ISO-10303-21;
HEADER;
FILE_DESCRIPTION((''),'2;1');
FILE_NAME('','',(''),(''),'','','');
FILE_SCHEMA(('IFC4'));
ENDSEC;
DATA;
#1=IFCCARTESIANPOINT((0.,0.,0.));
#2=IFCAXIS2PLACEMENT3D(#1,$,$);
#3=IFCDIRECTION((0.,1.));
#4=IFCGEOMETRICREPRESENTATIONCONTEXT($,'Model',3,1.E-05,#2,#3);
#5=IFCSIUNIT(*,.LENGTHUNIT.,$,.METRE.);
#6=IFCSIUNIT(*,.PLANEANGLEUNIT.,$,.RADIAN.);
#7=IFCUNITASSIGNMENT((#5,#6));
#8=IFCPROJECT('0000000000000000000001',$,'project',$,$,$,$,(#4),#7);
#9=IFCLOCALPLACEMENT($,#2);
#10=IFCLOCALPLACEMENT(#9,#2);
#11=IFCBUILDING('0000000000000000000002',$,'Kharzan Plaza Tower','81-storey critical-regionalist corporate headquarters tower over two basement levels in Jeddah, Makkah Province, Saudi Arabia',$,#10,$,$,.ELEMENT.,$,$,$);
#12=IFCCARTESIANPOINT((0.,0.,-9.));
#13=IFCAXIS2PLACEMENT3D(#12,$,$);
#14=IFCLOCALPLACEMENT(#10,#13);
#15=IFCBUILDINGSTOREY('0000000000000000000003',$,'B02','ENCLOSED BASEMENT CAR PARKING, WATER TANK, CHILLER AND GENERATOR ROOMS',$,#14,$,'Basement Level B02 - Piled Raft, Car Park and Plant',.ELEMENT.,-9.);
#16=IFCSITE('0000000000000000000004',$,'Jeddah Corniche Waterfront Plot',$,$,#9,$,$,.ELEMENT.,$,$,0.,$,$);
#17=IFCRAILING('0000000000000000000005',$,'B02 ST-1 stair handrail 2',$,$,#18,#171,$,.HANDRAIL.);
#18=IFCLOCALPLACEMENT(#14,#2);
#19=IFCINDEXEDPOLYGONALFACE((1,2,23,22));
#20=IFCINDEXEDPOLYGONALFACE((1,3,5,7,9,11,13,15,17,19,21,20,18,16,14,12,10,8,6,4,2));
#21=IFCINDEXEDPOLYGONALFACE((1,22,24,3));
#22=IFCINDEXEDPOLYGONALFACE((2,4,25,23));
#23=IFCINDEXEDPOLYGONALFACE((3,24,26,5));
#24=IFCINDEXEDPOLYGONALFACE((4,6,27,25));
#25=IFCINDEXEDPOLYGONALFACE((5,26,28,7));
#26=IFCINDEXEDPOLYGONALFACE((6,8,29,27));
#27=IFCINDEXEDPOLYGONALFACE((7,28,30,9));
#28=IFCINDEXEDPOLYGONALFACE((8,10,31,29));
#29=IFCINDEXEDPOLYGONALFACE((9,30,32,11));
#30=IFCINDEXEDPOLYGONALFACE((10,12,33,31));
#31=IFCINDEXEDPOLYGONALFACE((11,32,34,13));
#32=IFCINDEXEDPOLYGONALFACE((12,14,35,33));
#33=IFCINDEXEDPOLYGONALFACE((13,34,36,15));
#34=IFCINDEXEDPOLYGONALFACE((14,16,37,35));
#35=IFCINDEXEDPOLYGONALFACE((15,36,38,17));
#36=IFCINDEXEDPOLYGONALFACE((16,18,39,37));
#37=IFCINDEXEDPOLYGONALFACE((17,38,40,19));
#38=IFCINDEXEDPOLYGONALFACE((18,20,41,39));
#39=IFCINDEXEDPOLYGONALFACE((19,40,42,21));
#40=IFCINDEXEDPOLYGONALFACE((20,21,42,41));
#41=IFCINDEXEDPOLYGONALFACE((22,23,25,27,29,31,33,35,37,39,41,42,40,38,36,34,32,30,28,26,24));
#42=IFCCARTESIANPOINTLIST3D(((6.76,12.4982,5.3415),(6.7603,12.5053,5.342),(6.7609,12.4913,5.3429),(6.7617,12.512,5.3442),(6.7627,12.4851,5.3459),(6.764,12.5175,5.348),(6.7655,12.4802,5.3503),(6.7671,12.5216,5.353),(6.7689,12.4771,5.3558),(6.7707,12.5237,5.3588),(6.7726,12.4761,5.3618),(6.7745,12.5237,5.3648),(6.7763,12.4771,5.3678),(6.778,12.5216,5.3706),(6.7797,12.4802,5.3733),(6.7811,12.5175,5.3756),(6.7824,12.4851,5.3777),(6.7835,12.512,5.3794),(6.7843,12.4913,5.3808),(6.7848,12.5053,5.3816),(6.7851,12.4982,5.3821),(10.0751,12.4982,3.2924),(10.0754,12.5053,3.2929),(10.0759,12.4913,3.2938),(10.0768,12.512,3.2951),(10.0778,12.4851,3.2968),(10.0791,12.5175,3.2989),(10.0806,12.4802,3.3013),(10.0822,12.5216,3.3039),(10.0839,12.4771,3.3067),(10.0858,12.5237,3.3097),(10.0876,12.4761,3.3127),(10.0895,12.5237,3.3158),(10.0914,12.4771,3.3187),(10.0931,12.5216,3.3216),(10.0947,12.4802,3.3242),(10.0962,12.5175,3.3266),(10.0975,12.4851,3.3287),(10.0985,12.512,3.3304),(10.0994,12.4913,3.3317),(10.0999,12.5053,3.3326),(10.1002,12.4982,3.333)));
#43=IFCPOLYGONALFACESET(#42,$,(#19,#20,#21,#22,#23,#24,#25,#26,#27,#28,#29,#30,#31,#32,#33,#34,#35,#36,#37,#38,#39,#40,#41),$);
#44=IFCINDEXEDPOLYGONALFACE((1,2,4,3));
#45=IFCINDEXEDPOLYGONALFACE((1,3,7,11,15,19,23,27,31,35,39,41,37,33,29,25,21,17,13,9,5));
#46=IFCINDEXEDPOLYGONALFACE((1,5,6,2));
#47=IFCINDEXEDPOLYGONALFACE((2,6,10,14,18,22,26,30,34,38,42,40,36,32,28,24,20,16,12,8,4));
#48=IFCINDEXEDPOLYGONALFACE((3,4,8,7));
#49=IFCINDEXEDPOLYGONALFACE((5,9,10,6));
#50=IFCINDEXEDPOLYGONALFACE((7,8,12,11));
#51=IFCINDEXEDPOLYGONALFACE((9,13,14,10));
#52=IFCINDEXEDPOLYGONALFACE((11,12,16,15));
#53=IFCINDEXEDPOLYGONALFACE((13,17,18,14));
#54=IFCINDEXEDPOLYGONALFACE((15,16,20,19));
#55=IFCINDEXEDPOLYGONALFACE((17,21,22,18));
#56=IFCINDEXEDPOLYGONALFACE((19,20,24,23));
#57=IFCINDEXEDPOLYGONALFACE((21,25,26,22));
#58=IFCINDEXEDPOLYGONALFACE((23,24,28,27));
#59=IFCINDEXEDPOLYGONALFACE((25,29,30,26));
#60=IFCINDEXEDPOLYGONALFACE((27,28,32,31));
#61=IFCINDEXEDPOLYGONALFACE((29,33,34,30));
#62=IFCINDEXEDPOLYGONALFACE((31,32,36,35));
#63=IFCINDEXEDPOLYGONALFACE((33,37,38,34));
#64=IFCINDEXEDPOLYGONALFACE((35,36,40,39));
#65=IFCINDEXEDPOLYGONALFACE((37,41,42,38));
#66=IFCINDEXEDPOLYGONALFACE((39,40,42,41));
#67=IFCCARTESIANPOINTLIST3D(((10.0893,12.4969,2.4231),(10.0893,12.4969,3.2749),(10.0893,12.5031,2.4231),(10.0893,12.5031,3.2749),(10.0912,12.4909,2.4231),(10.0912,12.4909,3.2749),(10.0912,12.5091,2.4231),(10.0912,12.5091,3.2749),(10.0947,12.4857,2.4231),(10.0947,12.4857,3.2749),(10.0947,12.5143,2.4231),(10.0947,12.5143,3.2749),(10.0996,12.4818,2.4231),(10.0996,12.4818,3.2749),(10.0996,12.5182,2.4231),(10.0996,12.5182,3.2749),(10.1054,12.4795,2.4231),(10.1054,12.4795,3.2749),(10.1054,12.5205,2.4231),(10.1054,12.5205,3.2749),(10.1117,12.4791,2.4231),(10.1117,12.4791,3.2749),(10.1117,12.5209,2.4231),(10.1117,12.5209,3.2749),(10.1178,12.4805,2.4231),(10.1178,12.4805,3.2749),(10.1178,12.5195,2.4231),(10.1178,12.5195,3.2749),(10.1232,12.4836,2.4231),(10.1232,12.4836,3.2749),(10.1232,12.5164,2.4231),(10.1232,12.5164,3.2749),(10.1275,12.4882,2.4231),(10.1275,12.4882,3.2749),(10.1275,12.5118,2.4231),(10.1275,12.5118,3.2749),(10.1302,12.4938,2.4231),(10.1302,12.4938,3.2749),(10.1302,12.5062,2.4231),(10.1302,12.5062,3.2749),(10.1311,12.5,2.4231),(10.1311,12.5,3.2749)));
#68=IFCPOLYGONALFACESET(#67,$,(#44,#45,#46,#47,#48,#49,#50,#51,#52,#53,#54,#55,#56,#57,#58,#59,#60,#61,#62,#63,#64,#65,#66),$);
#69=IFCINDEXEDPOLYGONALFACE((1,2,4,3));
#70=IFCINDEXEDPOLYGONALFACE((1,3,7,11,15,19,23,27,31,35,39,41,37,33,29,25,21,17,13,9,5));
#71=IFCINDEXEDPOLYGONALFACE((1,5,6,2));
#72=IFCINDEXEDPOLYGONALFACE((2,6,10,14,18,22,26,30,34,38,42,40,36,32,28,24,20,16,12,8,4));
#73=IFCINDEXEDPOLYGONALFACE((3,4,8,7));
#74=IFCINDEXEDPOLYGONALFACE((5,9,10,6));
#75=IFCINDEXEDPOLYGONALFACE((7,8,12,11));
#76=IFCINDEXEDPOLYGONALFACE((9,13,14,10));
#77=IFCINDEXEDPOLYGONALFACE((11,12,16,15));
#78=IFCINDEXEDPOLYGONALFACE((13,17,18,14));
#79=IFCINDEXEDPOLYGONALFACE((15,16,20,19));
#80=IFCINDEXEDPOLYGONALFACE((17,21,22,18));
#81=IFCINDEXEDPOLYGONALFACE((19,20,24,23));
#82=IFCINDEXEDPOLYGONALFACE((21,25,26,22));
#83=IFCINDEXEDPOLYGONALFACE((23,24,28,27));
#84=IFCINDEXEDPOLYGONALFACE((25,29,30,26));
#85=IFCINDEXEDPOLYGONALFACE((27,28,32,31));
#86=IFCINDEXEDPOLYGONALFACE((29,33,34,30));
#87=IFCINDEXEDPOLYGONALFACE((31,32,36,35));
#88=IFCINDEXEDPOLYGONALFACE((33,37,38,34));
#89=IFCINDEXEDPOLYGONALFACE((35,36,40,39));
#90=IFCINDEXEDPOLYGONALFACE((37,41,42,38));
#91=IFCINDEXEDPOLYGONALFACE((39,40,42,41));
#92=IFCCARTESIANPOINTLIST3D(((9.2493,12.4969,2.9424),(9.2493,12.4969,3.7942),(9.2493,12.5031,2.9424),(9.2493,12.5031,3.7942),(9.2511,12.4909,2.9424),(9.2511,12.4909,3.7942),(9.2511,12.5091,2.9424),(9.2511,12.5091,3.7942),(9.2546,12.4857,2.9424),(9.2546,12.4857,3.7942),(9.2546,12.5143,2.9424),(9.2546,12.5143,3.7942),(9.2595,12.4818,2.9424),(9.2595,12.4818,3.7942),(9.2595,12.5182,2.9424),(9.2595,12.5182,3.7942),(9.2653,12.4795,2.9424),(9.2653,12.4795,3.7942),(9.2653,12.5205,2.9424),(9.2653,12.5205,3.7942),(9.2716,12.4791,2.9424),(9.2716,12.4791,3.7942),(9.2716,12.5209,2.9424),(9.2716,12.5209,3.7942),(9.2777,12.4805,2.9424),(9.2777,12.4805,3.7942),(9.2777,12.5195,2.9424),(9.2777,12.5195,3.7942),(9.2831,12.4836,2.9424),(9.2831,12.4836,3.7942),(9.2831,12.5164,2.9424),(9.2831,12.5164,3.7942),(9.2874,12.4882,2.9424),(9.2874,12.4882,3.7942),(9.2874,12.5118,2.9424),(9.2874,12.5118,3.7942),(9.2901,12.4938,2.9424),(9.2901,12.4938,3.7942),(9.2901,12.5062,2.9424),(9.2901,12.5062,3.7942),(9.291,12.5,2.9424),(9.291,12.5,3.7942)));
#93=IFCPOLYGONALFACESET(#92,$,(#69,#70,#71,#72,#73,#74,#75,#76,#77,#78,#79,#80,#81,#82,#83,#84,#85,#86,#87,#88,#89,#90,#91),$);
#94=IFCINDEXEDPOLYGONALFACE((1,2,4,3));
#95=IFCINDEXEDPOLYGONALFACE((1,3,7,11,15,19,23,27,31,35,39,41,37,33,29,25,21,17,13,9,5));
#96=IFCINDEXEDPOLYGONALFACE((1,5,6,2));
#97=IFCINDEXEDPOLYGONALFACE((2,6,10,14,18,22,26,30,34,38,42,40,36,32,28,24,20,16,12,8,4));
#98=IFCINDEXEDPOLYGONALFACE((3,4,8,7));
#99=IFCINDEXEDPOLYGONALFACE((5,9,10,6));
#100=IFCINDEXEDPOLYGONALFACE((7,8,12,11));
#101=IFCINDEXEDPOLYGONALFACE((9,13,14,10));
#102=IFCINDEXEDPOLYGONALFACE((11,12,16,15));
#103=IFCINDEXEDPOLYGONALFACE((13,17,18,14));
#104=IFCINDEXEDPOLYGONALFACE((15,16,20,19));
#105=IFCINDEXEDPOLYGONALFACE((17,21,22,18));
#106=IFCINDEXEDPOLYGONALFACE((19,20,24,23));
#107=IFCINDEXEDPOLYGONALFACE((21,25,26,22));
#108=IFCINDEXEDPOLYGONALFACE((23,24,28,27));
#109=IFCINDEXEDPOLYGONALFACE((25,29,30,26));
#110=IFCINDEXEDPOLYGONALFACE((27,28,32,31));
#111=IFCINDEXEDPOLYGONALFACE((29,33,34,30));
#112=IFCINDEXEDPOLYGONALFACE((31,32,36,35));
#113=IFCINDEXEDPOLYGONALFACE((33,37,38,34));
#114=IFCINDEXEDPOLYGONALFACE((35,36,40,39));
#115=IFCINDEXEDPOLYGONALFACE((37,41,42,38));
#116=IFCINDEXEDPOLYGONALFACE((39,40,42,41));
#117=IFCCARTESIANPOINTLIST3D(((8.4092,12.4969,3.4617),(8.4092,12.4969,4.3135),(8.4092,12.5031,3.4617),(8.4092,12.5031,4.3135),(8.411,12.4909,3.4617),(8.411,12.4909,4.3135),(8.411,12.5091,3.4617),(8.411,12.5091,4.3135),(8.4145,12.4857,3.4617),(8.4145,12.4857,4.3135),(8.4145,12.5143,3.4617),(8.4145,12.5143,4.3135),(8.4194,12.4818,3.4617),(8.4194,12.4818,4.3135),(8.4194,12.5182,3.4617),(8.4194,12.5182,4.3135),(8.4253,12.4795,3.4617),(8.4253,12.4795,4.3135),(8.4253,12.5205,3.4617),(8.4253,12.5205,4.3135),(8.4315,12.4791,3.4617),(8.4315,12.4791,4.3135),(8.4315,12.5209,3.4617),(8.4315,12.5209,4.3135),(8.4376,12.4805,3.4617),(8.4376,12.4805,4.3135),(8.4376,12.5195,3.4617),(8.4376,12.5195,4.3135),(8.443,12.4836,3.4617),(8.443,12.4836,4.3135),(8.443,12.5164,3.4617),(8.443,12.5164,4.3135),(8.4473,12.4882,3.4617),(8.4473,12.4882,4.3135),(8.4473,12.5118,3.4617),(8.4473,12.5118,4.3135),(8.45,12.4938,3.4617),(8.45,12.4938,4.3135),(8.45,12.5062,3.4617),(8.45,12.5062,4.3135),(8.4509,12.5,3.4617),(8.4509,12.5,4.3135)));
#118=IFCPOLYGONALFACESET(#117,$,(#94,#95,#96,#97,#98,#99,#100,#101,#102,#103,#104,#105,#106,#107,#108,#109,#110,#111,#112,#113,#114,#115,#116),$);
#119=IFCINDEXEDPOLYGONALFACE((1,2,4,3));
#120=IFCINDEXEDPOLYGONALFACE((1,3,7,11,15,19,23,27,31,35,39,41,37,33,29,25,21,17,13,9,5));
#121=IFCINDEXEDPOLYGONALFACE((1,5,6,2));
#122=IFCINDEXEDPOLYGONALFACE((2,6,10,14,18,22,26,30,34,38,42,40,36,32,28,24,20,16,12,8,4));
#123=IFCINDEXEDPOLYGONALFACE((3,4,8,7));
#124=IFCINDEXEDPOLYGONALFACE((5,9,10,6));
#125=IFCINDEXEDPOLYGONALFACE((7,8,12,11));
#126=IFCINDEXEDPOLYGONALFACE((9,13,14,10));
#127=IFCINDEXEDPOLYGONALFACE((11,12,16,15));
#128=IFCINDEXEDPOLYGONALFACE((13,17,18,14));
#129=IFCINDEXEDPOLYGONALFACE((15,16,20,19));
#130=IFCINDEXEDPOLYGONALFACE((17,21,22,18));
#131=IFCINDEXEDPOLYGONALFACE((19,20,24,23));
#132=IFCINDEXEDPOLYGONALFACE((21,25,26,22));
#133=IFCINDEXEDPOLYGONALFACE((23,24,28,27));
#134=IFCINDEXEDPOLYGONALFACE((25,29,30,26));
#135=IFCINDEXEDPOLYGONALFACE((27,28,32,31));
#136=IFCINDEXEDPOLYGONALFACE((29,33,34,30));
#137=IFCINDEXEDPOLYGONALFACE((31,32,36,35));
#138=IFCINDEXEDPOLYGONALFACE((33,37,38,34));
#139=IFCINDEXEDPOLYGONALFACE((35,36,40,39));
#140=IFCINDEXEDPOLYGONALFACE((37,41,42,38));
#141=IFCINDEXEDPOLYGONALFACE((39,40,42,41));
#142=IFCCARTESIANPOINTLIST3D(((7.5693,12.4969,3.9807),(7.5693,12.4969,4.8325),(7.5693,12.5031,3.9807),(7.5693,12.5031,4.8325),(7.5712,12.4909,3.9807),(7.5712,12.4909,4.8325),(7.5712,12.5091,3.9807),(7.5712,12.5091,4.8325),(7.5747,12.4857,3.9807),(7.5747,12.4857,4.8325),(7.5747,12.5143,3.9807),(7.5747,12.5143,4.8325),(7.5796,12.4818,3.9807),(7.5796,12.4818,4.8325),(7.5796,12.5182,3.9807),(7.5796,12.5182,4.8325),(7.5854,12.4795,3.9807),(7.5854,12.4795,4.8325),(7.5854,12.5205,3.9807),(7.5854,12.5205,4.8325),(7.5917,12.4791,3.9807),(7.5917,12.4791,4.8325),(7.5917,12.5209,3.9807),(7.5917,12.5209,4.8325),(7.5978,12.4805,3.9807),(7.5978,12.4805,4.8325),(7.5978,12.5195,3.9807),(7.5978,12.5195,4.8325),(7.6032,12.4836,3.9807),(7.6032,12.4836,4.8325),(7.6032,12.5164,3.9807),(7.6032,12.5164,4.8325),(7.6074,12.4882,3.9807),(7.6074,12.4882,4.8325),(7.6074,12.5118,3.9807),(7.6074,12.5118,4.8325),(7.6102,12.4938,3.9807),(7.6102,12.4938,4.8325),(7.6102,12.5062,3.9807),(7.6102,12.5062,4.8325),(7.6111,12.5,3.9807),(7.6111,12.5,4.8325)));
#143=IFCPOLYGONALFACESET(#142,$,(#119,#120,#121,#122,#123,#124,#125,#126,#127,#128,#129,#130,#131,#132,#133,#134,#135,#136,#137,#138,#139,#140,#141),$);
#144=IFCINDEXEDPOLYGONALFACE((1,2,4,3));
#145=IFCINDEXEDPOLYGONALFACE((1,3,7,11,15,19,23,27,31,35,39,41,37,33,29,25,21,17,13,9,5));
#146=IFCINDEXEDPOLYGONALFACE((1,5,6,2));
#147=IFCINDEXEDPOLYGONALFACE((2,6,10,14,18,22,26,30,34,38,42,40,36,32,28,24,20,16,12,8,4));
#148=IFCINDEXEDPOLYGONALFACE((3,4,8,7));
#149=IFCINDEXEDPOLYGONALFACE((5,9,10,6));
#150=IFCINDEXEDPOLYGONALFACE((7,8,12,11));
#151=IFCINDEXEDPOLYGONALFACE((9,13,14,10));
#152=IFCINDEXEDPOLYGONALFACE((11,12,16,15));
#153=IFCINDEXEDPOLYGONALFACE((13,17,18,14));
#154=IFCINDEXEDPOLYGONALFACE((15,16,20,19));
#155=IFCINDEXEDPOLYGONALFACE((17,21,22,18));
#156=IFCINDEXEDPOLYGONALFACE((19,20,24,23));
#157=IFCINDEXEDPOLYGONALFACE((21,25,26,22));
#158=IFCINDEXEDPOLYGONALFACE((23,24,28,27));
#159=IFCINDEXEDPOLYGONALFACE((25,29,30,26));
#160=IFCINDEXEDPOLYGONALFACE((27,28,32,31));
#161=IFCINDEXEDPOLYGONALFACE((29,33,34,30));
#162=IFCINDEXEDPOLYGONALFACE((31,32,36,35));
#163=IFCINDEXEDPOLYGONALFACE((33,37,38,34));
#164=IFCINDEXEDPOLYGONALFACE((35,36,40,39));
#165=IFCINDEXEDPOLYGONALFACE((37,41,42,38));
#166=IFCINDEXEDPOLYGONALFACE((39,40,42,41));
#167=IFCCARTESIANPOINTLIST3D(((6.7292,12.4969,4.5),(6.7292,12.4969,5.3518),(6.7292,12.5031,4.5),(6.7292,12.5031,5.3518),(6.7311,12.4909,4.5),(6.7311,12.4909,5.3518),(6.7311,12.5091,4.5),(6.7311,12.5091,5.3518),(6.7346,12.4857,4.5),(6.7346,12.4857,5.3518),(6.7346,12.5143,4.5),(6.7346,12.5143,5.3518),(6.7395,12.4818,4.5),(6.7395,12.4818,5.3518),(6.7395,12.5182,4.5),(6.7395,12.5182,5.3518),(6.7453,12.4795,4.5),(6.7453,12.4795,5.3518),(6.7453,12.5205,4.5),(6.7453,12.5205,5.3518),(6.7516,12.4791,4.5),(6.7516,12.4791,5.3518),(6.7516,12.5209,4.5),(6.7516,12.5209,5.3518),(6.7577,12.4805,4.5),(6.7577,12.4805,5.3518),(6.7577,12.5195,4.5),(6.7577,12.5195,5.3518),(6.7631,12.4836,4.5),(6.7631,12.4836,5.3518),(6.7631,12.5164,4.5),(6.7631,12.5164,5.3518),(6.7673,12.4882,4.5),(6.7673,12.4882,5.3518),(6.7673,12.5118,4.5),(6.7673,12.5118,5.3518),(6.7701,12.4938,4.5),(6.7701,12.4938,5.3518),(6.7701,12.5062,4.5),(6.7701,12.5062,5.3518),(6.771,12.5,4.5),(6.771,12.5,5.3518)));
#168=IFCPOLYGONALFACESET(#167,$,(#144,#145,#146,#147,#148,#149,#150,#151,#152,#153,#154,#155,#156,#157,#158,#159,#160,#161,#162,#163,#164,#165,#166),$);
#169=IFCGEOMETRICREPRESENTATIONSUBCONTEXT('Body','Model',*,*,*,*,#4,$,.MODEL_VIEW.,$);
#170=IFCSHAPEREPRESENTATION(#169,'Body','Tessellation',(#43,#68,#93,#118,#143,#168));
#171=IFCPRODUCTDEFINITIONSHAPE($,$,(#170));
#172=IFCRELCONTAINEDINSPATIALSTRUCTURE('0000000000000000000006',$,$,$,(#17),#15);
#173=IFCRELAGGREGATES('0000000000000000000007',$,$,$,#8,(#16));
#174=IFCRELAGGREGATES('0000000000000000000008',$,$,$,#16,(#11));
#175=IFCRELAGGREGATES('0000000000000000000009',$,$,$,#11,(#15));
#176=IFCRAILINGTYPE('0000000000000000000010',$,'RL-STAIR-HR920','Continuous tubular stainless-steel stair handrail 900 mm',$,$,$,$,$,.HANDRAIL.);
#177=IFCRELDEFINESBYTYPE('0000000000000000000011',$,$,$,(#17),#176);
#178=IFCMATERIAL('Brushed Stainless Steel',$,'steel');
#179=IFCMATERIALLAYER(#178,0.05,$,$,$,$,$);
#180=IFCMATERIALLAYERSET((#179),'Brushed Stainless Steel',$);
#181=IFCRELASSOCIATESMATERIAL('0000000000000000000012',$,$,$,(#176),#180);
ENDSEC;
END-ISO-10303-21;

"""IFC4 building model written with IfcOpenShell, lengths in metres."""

from ifc_helpers import new_model, si_unit, direction, frame, origin, origin_2d, place, context, subcontext, project, spatial, circle, extrude, source, transform, mapped, material, layer, layer_set, type_object, element, save


model = new_model("IFC4")

# Units and contexts
model_context = context("Model", 3, precision=1e-05, world=origin(), true_north=direction((0.0, 1.0)))
body_context = subcontext(model_context, "Body", "Model", "MODEL_VIEW")
ifc_project = project(units=[si_unit("LENGTHUNIT", "METRE"), si_unit("PLANEANGLEUNIT", "RADIAN")], contexts=[model_context])

# Site, building, storey
site_placement = place(None, origin())
site = spatial("IfcSite", under=ifc_project, at=site_placement, Name="Jeddah Corniche Waterfront Plot", CompositionType="ELEMENT", RefElevation=0.0)
building_placement = place(site_placement, origin())
building = spatial("IfcBuilding", under=site, at=building_placement, Name="Kharzan Plaza Tower", Description="81-storey critical-regionalist corporate headquarters tower over two basement levels in Jeddah, Makkah Province, Saudi Arabia", CompositionType="ELEMENT")
storey_placement = place(building_placement, frame((0.0, 0.0, -9.0)))
storey = spatial("IfcBuildingStorey", under=building, at=storey_placement, Name="B02", Description="ENCLOSED BASEMENT CAR PARKING, WATER TANK, CHILLER AND GENERATOR ROOMS", LongName="Basement Level B02 - Piled Raft, Car Park and Plant", CompositionType="ELEMENT", Elevation=-9.0)

# Railing
ifc_material_1 = material(Name="Brushed Stainless Steel", Category="steel")
ifc_layer_1 = layer(ifc_material_1, 0.05)
ifc_layer_set_1 = layer_set([ifc_layer_1], Name="Brushed Stainless Steel")
railing_type_1 = type_object("IfcRailingType", Name="RL-STAIR-HR920", Description="Continuous tubular stainless-steel stair handrail 900 mm", PredefinedType="HANDRAIL", material=ifc_layer_set_1)
shared_shape_1 = source(origin(), body_context, "Body", "SweptSolid", [
    extrude(circle(Radius=0.0239, at=origin_2d()), frame((-0.0225, 0.0, 0.8896), z_axis=(-0.850623, 0.0, 0.525776), x_axis=(0.0, -1.0, 0.0)), (0.0, 0.0, 1.0), 3.8972),
    extrude(circle(Radius=0.021, at=origin_2d()), origin(), (0.0, 0.0, 1.0), 0.8518),
    extrude(circle(Radius=0.021, at=origin_2d()), frame((-0.8401, 0.0, 0.5193)), (0.0, 0.0, 1.0), 0.8518),
    extrude(circle(Radius=0.021, at=origin_2d()), frame((-1.6802, 0.0, 1.0386)), (0.0, 0.0, 1.0), 0.8518),
    extrude(circle(Radius=0.021, at=origin_2d()), frame((-2.52, 0.0, 1.5576)), (0.0, 0.0, 1.0), 0.8518),
    extrude(circle(Radius=0.021, at=origin_2d()), frame((-3.3601, 0.0, 2.0769)), (0.0, 0.0, 1.0), 0.8518),
])
railing_1_placement = place(storey_placement, frame((10.1101, 12.5, 2.4231)))
element("IfcRailing", 1, at=railing_1_placement, inside=storey, type_object=railing_type_1, Name="B02 ST-1 stair handrail 2", PredefinedType="HANDRAIL", context=body_context, shape_type="MappedRepresentation", body=[
    mapped(shared_shape_1, transform((0.0, 0.0, 0.0), x_axis=(1.0, 0.0, 0.0), y_axis=(0.0, 1.0, 0.0), z_axis=(0.0, 0.0, 1.0))),
])

save(model, "model.ifc")
